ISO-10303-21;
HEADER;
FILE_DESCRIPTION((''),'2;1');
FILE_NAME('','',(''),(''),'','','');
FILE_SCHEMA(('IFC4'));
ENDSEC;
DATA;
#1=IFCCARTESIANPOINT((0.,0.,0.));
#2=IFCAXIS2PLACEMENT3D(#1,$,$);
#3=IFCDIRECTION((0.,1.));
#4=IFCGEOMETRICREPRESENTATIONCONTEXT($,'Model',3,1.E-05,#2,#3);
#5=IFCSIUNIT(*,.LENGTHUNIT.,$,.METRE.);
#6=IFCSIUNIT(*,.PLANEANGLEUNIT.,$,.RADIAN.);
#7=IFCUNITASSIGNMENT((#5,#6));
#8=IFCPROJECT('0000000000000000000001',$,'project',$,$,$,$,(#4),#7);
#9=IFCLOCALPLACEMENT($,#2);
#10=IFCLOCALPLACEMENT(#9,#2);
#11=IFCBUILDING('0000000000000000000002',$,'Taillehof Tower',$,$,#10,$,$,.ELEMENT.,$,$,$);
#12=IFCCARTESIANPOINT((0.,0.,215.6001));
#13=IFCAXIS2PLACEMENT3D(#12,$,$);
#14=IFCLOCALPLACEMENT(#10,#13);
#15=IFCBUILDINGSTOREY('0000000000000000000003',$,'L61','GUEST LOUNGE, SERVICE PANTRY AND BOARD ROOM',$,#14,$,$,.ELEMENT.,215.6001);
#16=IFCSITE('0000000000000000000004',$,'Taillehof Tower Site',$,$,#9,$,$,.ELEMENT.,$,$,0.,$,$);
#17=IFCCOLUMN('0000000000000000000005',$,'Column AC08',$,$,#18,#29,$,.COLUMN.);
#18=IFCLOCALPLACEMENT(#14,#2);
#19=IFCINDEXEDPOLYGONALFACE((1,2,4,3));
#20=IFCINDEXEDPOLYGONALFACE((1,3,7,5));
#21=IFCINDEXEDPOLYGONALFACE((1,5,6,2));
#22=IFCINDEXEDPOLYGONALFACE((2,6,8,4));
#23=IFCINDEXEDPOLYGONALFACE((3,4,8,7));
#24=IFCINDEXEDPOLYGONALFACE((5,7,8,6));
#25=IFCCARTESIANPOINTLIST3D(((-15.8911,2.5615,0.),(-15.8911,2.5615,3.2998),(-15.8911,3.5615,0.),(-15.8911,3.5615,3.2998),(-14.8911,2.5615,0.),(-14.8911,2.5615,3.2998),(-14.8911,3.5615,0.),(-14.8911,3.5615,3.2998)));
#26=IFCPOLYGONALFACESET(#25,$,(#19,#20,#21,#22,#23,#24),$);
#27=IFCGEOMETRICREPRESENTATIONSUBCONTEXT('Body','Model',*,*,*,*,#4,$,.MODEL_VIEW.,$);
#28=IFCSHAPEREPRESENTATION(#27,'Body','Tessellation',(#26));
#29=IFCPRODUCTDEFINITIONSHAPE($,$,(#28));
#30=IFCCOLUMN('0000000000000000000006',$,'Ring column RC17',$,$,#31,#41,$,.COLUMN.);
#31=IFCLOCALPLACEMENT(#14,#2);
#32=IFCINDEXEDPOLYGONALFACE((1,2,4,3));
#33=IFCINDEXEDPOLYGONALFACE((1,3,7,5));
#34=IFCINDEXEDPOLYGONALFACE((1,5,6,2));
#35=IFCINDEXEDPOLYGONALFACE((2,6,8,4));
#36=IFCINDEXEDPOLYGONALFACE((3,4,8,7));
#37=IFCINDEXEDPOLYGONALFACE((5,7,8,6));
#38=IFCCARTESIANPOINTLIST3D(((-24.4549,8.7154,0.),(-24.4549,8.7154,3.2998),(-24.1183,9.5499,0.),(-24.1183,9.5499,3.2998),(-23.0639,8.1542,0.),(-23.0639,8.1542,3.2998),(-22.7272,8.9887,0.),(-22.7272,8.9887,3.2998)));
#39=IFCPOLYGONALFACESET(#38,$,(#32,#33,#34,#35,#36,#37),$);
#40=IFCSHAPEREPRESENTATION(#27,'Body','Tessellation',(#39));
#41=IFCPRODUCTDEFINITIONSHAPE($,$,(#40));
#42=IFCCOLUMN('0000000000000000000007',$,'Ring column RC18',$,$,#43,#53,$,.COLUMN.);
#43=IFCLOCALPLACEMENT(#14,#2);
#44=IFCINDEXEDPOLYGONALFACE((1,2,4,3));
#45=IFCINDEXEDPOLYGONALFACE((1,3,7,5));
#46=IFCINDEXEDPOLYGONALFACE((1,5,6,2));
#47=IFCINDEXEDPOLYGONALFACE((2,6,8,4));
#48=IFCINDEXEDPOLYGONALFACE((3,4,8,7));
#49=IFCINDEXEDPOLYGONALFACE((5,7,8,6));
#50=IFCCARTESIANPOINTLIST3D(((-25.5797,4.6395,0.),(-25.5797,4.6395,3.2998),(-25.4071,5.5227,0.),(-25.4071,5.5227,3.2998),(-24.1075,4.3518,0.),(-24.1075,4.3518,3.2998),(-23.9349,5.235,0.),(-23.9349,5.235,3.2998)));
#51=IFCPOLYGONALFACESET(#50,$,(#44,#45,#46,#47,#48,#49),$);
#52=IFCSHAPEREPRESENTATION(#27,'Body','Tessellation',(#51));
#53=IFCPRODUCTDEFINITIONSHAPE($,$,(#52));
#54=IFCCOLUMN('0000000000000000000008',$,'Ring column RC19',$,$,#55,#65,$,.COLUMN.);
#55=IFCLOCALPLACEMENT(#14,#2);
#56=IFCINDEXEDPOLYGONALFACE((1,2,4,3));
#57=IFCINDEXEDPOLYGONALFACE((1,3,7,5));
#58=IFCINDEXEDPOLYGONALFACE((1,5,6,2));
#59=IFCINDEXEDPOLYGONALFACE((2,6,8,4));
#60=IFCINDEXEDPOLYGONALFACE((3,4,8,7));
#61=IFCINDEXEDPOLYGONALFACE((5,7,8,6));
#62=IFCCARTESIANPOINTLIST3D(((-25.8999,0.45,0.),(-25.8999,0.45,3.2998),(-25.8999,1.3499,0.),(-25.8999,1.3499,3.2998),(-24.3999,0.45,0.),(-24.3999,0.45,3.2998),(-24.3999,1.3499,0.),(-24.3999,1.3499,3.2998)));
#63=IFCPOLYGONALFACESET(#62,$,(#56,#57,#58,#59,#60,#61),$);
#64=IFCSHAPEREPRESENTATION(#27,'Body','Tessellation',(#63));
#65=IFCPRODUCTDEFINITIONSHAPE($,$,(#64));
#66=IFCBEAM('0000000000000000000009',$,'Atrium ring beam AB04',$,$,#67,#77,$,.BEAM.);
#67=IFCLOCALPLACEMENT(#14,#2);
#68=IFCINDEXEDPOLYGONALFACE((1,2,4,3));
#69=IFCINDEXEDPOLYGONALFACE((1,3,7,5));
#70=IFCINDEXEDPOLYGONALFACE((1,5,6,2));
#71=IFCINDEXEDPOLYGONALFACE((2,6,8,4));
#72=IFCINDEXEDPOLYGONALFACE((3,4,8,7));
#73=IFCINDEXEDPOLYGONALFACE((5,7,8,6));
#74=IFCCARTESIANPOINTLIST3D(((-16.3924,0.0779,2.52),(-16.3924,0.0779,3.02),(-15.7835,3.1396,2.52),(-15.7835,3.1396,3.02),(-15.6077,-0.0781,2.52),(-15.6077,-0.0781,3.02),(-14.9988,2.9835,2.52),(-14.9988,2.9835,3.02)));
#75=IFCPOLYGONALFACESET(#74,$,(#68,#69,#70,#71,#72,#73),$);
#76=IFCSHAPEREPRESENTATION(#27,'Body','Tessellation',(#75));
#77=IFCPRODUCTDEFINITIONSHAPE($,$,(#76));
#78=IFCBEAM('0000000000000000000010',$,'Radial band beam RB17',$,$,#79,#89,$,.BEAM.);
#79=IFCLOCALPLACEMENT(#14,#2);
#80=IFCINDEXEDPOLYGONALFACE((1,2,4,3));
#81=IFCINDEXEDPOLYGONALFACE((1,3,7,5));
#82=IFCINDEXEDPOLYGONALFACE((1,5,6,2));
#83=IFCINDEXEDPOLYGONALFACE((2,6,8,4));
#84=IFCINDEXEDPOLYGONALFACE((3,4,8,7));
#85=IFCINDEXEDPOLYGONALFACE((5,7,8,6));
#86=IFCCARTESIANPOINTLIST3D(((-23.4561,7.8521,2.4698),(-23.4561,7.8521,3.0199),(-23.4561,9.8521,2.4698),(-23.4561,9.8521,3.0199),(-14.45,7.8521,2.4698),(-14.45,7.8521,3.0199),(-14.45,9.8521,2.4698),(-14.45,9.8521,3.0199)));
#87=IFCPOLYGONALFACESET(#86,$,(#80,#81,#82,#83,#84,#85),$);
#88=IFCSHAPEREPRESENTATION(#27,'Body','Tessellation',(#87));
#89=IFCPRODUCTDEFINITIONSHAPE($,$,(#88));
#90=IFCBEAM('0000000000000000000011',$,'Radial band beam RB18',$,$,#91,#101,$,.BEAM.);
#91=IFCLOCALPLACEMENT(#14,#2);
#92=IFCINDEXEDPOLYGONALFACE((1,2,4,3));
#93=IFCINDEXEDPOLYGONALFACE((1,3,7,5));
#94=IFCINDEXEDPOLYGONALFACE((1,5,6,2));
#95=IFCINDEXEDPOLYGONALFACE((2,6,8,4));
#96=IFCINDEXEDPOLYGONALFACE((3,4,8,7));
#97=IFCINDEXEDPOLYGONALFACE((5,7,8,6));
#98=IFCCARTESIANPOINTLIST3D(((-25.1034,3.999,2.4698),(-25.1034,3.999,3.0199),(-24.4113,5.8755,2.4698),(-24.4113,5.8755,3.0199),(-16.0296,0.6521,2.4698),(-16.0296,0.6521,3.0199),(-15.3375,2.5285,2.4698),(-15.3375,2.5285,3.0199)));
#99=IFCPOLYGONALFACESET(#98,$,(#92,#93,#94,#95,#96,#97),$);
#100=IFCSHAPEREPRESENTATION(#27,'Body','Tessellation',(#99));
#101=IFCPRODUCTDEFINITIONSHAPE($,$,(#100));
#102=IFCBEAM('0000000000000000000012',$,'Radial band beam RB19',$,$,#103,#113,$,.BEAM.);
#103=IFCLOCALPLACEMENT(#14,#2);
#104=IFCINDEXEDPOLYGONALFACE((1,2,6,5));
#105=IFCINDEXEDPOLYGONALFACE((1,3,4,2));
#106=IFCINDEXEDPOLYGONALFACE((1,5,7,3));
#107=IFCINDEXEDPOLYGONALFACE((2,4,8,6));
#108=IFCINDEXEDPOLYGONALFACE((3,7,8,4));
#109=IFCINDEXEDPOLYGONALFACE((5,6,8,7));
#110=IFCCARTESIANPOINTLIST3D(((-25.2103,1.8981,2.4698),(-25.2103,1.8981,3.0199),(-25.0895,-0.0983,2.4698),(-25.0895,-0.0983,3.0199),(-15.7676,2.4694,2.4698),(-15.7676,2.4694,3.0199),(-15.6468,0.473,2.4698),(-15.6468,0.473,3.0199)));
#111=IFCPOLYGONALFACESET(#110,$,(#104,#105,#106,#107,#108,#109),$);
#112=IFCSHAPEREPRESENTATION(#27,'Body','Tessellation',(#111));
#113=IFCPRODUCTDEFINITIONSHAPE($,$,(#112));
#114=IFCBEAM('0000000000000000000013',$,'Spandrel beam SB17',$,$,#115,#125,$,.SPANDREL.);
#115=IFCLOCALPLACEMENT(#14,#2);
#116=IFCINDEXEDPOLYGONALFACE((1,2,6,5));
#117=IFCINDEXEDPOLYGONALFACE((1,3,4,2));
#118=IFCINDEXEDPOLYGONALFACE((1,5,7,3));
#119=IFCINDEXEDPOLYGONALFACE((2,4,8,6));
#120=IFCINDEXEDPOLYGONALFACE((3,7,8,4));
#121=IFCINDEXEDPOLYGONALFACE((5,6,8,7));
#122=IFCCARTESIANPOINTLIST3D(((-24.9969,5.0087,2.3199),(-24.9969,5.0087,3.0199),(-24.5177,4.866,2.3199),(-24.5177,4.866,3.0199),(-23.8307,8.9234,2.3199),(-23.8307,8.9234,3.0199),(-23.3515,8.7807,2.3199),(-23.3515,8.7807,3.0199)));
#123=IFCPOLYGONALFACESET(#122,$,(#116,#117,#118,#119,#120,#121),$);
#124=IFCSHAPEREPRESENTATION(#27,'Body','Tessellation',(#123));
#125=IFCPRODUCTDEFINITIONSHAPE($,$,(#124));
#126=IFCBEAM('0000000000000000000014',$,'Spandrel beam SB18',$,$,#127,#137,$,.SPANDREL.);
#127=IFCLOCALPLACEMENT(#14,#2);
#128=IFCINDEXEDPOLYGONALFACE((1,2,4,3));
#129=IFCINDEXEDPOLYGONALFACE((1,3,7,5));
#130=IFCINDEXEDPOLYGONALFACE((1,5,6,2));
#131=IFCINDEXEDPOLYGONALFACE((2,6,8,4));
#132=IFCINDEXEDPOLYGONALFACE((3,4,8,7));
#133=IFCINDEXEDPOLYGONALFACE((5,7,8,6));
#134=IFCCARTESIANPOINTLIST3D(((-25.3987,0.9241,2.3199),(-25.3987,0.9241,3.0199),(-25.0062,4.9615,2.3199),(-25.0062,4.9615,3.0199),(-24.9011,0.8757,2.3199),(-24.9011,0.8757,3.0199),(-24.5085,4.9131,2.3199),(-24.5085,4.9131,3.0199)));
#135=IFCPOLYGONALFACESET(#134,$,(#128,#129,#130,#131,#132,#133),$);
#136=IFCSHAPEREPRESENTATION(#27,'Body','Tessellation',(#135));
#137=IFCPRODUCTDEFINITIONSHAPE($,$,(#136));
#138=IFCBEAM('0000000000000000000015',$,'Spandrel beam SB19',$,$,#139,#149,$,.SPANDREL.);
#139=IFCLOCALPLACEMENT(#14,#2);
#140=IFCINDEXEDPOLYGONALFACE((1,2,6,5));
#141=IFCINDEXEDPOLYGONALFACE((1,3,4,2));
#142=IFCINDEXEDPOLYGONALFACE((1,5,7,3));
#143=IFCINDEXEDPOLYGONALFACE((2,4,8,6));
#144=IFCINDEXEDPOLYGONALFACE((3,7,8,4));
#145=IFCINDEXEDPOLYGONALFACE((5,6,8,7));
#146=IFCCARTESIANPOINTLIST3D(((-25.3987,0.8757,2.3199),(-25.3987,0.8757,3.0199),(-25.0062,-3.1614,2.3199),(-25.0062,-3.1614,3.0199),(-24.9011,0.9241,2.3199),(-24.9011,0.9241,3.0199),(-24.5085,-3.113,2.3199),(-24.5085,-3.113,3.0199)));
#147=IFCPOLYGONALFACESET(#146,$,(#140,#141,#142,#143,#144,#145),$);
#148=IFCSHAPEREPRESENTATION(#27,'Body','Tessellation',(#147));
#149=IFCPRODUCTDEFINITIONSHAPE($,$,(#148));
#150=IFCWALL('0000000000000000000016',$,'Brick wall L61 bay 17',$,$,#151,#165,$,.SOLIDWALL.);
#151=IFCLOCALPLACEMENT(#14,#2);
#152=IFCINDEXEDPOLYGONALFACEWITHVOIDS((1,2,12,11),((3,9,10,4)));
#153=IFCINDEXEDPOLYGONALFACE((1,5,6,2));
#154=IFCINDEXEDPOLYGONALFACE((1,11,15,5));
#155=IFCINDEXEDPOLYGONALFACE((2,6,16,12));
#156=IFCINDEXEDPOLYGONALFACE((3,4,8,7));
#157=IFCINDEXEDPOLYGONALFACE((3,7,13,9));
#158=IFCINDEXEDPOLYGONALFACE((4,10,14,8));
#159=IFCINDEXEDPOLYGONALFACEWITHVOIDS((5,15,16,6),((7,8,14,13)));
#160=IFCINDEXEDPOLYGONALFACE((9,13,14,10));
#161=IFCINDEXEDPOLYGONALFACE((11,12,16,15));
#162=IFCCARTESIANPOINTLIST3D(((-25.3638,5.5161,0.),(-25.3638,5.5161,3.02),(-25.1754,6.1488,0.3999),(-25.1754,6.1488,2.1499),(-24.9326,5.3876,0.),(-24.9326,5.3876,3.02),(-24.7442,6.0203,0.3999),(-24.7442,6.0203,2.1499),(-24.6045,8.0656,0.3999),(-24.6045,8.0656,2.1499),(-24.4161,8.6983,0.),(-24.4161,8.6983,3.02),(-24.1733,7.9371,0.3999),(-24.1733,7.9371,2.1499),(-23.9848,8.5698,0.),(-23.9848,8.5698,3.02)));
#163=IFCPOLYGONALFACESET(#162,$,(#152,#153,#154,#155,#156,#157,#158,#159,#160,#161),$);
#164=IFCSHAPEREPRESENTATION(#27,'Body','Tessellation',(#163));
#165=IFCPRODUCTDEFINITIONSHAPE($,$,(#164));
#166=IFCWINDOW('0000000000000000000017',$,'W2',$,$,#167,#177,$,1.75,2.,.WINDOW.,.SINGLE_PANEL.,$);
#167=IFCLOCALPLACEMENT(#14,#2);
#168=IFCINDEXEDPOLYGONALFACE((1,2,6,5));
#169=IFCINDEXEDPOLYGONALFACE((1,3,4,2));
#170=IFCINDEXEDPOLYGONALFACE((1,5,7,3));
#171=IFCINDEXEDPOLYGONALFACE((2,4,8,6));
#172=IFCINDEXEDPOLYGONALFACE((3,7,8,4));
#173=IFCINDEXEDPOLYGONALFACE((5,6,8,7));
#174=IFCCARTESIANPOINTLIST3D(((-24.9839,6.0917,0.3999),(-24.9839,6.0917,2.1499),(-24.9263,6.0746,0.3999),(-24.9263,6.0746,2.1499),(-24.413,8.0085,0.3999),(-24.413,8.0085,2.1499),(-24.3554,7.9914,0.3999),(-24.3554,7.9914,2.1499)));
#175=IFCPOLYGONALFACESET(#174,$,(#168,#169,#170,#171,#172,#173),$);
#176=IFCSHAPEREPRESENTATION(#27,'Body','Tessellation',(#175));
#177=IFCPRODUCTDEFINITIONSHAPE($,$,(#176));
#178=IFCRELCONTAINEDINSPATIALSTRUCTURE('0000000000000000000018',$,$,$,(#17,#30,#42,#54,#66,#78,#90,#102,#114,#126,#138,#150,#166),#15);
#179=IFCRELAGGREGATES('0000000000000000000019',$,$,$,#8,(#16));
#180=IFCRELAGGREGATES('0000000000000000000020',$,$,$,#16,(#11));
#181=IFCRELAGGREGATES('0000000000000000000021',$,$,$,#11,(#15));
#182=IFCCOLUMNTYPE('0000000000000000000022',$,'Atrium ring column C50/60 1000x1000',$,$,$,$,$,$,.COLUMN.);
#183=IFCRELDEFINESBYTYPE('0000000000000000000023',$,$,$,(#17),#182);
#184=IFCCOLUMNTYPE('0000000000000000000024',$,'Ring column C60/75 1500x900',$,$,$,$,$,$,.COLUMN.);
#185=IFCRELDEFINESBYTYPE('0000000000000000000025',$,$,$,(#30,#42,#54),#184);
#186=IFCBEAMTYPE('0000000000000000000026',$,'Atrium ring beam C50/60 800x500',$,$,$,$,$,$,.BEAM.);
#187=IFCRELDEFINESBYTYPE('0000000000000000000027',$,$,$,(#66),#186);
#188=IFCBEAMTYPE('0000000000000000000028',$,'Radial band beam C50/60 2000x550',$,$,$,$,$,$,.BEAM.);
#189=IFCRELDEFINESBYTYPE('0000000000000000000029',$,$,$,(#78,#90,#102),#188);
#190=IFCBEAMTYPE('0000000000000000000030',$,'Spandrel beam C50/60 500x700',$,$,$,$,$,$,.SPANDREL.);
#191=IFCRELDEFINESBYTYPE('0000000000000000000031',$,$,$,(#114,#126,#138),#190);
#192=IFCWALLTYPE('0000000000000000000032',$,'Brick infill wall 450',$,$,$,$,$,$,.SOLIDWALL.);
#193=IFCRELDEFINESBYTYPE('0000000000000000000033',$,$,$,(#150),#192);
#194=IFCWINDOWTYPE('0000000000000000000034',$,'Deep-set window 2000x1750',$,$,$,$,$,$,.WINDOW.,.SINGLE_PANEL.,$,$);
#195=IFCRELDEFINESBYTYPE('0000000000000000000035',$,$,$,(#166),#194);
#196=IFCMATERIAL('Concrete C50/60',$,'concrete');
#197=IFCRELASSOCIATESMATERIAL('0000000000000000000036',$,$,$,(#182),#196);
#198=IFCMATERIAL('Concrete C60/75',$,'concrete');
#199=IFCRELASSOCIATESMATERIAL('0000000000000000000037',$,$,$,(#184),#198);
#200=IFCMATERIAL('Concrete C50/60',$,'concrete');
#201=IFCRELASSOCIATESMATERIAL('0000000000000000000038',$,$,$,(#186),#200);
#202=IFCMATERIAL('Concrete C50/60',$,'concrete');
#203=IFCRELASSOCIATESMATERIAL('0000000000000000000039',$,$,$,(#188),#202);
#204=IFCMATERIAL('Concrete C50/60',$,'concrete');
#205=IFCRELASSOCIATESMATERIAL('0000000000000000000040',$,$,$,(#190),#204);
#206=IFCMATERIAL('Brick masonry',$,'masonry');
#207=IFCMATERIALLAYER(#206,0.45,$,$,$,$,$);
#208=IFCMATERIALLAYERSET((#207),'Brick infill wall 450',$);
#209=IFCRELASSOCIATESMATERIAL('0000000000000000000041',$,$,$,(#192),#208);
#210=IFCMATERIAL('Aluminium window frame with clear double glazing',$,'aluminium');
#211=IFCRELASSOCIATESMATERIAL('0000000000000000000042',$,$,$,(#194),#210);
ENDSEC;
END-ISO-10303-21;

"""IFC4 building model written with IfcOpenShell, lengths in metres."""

from ifc_helpers import new_model, si_unit, direction, frame, frame_2d, origin, origin_2d, place, context, subcontext, project, spatial, rectangle, extrude, material, layer, layer_set, material_profile, profile_set, type_object, element, fill, save


model = new_model("IFC4")

# Units and contexts
model_context = context("Model", 3, precision=1e-05, world=origin(), true_north=direction((0.0, 1.0)))
body_context = subcontext(model_context, "Body", "Model", "MODEL_VIEW")
ifc_project = project(units=[si_unit("LENGTHUNIT", "METRE"), si_unit("PLANEANGLEUNIT", "RADIAN")], contexts=[model_context])

# Site, building, storey
site_placement = place(None, origin())
site = spatial("IfcSite", under=ifc_project, at=site_placement, Name="Taillehof Tower Site", CompositionType="ELEMENT", RefElevation=0.0)
building_placement = place(site_placement, origin())
building = spatial("IfcBuilding", under=site, at=building_placement, Name="Taillehof Tower", CompositionType="ELEMENT")
storey_placement = place(building_placement, frame((0.0, 0.0, 215.6001)))
storey = spatial("IfcBuildingStorey", under=building, at=storey_placement, Name="L61", Description="GUEST LOUNGE, SERVICE PANTRY AND BOARD ROOM", CompositionType="ELEMENT", Elevation=215.6001)

# Columns
ifc_material_1 = material(Name="Concrete C50/60", Category="concrete")
ifc_material_profile_1 = material_profile(ifc_material_1, rectangle(XDim=1.0, YDim=1.0, at=origin_2d()), Name="RC 1000x1000")
ifc_profile_set_1 = profile_set([ifc_material_profile_1], Name="Concrete C50/60")
column_type_1 = type_object("IfcColumnType", Name="Atrium ring column C50/60 1000x1000", PredefinedType="COLUMN", material=ifc_profile_set_1)
column_placement = place(storey_placement, frame((-15.3911, 3.0615, 0.0), z_axis=(0.0, 0.0, 1.0), x_axis=(1.0, 0.0, 0.0)))
element("IfcColumn", 1, at=column_placement, inside=storey, type_object=column_type_1, Name="Column AC08", PredefinedType="COLUMN", context=body_context, shape_type="SweptSolid", body=[
    extrude(rectangle(XDim=1.0, YDim=1.0, at=origin_2d()), origin(), (0.0, 0.0, 1.0), 3.2998),
])
ifc_material_2 = material(Name="Concrete C60/75", Category="concrete")
ifc_material_profile_2 = material_profile(ifc_material_2, rectangle(XDim=1.5, YDim=0.8999, at=origin_2d()), Name="RC 1500x900")
ifc_profile_set_2 = profile_set([ifc_material_profile_2], Name="Concrete C60/75")
column_type_2 = type_object("IfcColumnType", Name="Ring column C60/75 1500x900", PredefinedType="COLUMN", material=ifc_profile_set_2)
for number, where, z_axis, x_axis, name in (
    (2, (-23.5911, 8.8521, 0.0), (0.0, 0.0, 1.0), (-0.927385, 0.374108, 0.0), "Ring column RC17"),
    (3, (-24.7573, 4.9373, 0.0), (0.0, 0.0, 1.0), (-0.981434, 0.191801, 0.0), "Ring column RC18"),
    (4, (-25.1499, 0.8999, 0.0), (0.0, 0.0, 1.0), (-1.0, 0.0, 0.0), "Ring column RC19"),
):
    element("IfcColumn", number, at=place(storey_placement, frame(where, z_axis=z_axis, x_axis=x_axis)), inside=storey, type_object=column_type_2, Name=name, PredefinedType="COLUMN", context=body_context, shape_type="SweptSolid", body=[
        extrude(rectangle(XDim=1.5, YDim=0.8999, at=origin_2d()), origin(), (0.0, 0.0, 1.0), 3.2998),
    ])

# Beams
ifc_material_3 = material(Name="Concrete C50/60", Category="concrete")
ifc_material_profile_3 = material_profile(ifc_material_3, rectangle(XDim=0.8, YDim=0.5, at=origin_2d()), Name="RC 800x500")
ifc_profile_set_3 = profile_set([ifc_material_profile_3], Name="Concrete C50/60")
beam_type_1 = type_object("IfcBeamType", Name="Atrium ring beam C50/60 800x500", PredefinedType="BEAM", material=ifc_profile_set_3)
beam_1_placement = place(storey_placement, frame((-15.3911, 3.0615, 2.77), z_axis=(-0.195063, -0.980791, 0.0), x_axis=(0.980791, -0.195063, 0.0)))
element("IfcBeam", 5, at=beam_1_placement, inside=storey, type_object=beam_type_1, Name="Atrium ring beam AB04", PredefinedType="BEAM", context=body_context, shape_type="SweptSolid", body=[
    extrude(rectangle(XDim=0.8, YDim=0.5, at=origin_2d()), origin(), (0.0, 0.0, 1.0), 3.1216),
])
ifc_material_4 = material(Name="Concrete C50/60", Category="concrete")
ifc_material_profile_4 = material_profile(ifc_material_4, rectangle(XDim=2.0, YDim=0.55, at=origin_2d()), Name="RC 2000x550")
ifc_profile_set_4 = profile_set([ifc_material_profile_4], Name="Concrete C50/60")
beam_type_2 = type_object("IfcBeamType", Name="Radial band beam C50/60 2000x550", PredefinedType="BEAM", material=ifc_profile_set_4)
beam_2_placement = place(storey_placement, frame((-23.4561, 8.8521, 2.7449), z_axis=(1.0, 0.0, 0.0), x_axis=(0.0, 1.0, 0.0)))
element("IfcBeam", 6, at=beam_2_placement, inside=storey, type_object=beam_type_2, Name="Radial band beam RB17", PredefinedType="BEAM", context=body_context, shape_type="SweptSolid", body=[
    extrude(rectangle(XDim=2.0, YDim=0.55, at=origin_2d()), origin(), (0.0, 0.0, 1.0), 9.0061),
])
beam_3_placement = place(storey_placement, frame((-24.7573, 4.9373, 2.7449), z_axis=(0.93821, -0.346067, 0.0), x_axis=(0.346067, 0.93821, 0.0)))
element("IfcBeam", 7, at=beam_3_placement, inside=storey, type_object=beam_type_2, Name="Radial band beam RB18", PredefinedType="BEAM", context=body_context, shape_type="SweptSolid", body=[
    extrude(rectangle(XDim=2.0, YDim=0.55, at=origin_2d()), origin(), (0.0, 0.0, 1.0), 9.6714),
])
beam_4_placement = place(storey_placement, frame((-25.1499, 0.8999, 2.7449), z_axis=(0.998175, 0.060391, 0.0), x_axis=(-0.060391, 0.998175, 0.0)))
element("IfcBeam", 8, at=beam_4_placement, inside=storey, type_object=beam_type_2, Name="Radial band beam RB19", PredefinedType="BEAM", context=body_context, shape_type="SweptSolid", body=[
    extrude(rectangle(XDim=2.0, YDim=0.55, at=origin_2d()), origin(), (0.0, 0.0, 1.0), 9.46),
])
ifc_material_5 = material(Name="Concrete C50/60", Category="concrete")
ifc_material_profile_5 = material_profile(ifc_material_5, rectangle(XDim=0.5, YDim=0.7, at=origin_2d()), Name="RC 500x700")
ifc_profile_set_5 = profile_set([ifc_material_profile_5], Name="Concrete C50/60")
beam_type_3 = type_object("IfcBeamType", Name="Spandrel beam C50/60 500x700", PredefinedType="SPANDREL", material=ifc_profile_set_5)
beam_5_placement = place(storey_placement, frame((-23.5911, 8.8521, 2.6699), z_axis=(-0.28551, -0.958376, 0.0), x_axis=(0.958376, -0.28551, 0.0)))
element("IfcBeam", 9, at=beam_5_placement, inside=storey, type_object=beam_type_3, Name="Spandrel beam SB17", PredefinedType="SPANDREL", context=body_context, shape_type="SweptSolid", body=[
    extrude(rectangle(XDim=0.5, YDim=0.7, at=origin_2d()), origin(), (0.0, 0.0, 1.0), 4.0847),
])
beam_6_placement = place(storey_placement, frame((-24.7573, 4.9373, 2.6699), z_axis=(-0.09678, -0.995306, 0.0), x_axis=(0.995306, -0.09678, 0.0)))
element("IfcBeam", 10, at=beam_6_placement, inside=storey, type_object=beam_type_3, Name="Spandrel beam SB18", PredefinedType="SPANDREL", context=body_context, shape_type="SweptSolid", body=[
    extrude(rectangle(XDim=0.5, YDim=0.7, at=origin_2d()), origin(), (0.0, 0.0, 1.0), 4.0564),
])
beam_7_placement = place(storey_placement, frame((-25.1499, 0.8999, 2.6699), z_axis=(0.096786, -0.995305, 0.0), x_axis=(0.995305, 0.096786, 0.0)))
element("IfcBeam", 11, at=beam_7_placement, inside=storey, type_object=beam_type_3, Name="Spandrel beam SB19", PredefinedType="SPANDREL", context=body_context, shape_type="SweptSolid", body=[
    extrude(rectangle(XDim=0.5, YDim=0.7, at=origin_2d()), origin(), (0.0, 0.0, 1.0), 4.0562),
])

# Wall, opening, window
ifc_material_6 = material(Name="Brick masonry", Category="masonry")
ifc_layer_1 = layer(ifc_material_6, 0.45)
ifc_layer_set_1 = layer_set([ifc_layer_1], Name="Brick infill wall 450")
wall_type_1 = type_object("IfcWallType", Name="Brick infill wall 450", PredefinedType="SOLIDWALL", material=ifc_layer_set_1)
wall_1_placement = place(storey_placement, frame((-24.2004, 8.634, 0.0), z_axis=(0.0, 0.0, 1.0), x_axis=(-0.285445, -0.958395, 0.0)))
wall_1 = element("IfcWall", 12, at=wall_1_placement, inside=storey, type_object=wall_type_1, Name="Brick wall L61 bay 17", PredefinedType="SOLIDWALL", context=body_context, shape_type="SweptSolid", body=[
    extrude(rectangle(XDim=3.3203, YDim=0.45, at=frame_2d((1.6602, 0.0))), origin(), (0.0, 0.0, 1.0), 3.02),
])
opening_1_placement = place(wall_1_placement, frame((0.6602, 0.0, 0.3999)))
opening_1 = element("IfcOpeningElement", 13, at=opening_1_placement, cuts=wall_1, PredefinedType="OPENING", context=body_context, shape_type="SweptSolid", body=[
    extrude(rectangle(XDim=2.0, YDim=1.75, at=frame_2d((1.0, 0.875))), frame((0.0, 0.2349, 0.0), z_axis=(0.0, -1.0, 0.0), x_axis=(1.0, 0.0, 0.0)), (0.0, 0.0, 1.0), 0.47),
])
ifc_material_7 = material(Name="Aluminium window frame with clear double glazing", Category="aluminium")
window_type = type_object("IfcWindowType", Name="Deep-set window 2000x1750", PartitioningType="SINGLE_PANEL", PredefinedType="WINDOW", material=ifc_material_7)
window_1_placement = place(opening_1_placement, origin())
window_1 = element("IfcWindow", 14, at=window_1_placement, inside=storey, type_object=window_type, Name="W2", OverallHeight=1.75, OverallWidth=2.0, PartitioningType="SINGLE_PANEL", PredefinedType="WINDOW", context=body_context, shape_type="SweptSolid", body=[
    extrude(rectangle(XDim=2.0, YDim=1.75, at=frame_2d((1.0, 0.875))), frame((0.0, 0.0349, 0.0), z_axis=(0.0, -1.0, 0.0), x_axis=(1.0, 0.0, 0.0)), (0.0, 0.0, 1.0), 0.0601),
])
fill(opening_1, window_1)

save(model, "model.ifc")
